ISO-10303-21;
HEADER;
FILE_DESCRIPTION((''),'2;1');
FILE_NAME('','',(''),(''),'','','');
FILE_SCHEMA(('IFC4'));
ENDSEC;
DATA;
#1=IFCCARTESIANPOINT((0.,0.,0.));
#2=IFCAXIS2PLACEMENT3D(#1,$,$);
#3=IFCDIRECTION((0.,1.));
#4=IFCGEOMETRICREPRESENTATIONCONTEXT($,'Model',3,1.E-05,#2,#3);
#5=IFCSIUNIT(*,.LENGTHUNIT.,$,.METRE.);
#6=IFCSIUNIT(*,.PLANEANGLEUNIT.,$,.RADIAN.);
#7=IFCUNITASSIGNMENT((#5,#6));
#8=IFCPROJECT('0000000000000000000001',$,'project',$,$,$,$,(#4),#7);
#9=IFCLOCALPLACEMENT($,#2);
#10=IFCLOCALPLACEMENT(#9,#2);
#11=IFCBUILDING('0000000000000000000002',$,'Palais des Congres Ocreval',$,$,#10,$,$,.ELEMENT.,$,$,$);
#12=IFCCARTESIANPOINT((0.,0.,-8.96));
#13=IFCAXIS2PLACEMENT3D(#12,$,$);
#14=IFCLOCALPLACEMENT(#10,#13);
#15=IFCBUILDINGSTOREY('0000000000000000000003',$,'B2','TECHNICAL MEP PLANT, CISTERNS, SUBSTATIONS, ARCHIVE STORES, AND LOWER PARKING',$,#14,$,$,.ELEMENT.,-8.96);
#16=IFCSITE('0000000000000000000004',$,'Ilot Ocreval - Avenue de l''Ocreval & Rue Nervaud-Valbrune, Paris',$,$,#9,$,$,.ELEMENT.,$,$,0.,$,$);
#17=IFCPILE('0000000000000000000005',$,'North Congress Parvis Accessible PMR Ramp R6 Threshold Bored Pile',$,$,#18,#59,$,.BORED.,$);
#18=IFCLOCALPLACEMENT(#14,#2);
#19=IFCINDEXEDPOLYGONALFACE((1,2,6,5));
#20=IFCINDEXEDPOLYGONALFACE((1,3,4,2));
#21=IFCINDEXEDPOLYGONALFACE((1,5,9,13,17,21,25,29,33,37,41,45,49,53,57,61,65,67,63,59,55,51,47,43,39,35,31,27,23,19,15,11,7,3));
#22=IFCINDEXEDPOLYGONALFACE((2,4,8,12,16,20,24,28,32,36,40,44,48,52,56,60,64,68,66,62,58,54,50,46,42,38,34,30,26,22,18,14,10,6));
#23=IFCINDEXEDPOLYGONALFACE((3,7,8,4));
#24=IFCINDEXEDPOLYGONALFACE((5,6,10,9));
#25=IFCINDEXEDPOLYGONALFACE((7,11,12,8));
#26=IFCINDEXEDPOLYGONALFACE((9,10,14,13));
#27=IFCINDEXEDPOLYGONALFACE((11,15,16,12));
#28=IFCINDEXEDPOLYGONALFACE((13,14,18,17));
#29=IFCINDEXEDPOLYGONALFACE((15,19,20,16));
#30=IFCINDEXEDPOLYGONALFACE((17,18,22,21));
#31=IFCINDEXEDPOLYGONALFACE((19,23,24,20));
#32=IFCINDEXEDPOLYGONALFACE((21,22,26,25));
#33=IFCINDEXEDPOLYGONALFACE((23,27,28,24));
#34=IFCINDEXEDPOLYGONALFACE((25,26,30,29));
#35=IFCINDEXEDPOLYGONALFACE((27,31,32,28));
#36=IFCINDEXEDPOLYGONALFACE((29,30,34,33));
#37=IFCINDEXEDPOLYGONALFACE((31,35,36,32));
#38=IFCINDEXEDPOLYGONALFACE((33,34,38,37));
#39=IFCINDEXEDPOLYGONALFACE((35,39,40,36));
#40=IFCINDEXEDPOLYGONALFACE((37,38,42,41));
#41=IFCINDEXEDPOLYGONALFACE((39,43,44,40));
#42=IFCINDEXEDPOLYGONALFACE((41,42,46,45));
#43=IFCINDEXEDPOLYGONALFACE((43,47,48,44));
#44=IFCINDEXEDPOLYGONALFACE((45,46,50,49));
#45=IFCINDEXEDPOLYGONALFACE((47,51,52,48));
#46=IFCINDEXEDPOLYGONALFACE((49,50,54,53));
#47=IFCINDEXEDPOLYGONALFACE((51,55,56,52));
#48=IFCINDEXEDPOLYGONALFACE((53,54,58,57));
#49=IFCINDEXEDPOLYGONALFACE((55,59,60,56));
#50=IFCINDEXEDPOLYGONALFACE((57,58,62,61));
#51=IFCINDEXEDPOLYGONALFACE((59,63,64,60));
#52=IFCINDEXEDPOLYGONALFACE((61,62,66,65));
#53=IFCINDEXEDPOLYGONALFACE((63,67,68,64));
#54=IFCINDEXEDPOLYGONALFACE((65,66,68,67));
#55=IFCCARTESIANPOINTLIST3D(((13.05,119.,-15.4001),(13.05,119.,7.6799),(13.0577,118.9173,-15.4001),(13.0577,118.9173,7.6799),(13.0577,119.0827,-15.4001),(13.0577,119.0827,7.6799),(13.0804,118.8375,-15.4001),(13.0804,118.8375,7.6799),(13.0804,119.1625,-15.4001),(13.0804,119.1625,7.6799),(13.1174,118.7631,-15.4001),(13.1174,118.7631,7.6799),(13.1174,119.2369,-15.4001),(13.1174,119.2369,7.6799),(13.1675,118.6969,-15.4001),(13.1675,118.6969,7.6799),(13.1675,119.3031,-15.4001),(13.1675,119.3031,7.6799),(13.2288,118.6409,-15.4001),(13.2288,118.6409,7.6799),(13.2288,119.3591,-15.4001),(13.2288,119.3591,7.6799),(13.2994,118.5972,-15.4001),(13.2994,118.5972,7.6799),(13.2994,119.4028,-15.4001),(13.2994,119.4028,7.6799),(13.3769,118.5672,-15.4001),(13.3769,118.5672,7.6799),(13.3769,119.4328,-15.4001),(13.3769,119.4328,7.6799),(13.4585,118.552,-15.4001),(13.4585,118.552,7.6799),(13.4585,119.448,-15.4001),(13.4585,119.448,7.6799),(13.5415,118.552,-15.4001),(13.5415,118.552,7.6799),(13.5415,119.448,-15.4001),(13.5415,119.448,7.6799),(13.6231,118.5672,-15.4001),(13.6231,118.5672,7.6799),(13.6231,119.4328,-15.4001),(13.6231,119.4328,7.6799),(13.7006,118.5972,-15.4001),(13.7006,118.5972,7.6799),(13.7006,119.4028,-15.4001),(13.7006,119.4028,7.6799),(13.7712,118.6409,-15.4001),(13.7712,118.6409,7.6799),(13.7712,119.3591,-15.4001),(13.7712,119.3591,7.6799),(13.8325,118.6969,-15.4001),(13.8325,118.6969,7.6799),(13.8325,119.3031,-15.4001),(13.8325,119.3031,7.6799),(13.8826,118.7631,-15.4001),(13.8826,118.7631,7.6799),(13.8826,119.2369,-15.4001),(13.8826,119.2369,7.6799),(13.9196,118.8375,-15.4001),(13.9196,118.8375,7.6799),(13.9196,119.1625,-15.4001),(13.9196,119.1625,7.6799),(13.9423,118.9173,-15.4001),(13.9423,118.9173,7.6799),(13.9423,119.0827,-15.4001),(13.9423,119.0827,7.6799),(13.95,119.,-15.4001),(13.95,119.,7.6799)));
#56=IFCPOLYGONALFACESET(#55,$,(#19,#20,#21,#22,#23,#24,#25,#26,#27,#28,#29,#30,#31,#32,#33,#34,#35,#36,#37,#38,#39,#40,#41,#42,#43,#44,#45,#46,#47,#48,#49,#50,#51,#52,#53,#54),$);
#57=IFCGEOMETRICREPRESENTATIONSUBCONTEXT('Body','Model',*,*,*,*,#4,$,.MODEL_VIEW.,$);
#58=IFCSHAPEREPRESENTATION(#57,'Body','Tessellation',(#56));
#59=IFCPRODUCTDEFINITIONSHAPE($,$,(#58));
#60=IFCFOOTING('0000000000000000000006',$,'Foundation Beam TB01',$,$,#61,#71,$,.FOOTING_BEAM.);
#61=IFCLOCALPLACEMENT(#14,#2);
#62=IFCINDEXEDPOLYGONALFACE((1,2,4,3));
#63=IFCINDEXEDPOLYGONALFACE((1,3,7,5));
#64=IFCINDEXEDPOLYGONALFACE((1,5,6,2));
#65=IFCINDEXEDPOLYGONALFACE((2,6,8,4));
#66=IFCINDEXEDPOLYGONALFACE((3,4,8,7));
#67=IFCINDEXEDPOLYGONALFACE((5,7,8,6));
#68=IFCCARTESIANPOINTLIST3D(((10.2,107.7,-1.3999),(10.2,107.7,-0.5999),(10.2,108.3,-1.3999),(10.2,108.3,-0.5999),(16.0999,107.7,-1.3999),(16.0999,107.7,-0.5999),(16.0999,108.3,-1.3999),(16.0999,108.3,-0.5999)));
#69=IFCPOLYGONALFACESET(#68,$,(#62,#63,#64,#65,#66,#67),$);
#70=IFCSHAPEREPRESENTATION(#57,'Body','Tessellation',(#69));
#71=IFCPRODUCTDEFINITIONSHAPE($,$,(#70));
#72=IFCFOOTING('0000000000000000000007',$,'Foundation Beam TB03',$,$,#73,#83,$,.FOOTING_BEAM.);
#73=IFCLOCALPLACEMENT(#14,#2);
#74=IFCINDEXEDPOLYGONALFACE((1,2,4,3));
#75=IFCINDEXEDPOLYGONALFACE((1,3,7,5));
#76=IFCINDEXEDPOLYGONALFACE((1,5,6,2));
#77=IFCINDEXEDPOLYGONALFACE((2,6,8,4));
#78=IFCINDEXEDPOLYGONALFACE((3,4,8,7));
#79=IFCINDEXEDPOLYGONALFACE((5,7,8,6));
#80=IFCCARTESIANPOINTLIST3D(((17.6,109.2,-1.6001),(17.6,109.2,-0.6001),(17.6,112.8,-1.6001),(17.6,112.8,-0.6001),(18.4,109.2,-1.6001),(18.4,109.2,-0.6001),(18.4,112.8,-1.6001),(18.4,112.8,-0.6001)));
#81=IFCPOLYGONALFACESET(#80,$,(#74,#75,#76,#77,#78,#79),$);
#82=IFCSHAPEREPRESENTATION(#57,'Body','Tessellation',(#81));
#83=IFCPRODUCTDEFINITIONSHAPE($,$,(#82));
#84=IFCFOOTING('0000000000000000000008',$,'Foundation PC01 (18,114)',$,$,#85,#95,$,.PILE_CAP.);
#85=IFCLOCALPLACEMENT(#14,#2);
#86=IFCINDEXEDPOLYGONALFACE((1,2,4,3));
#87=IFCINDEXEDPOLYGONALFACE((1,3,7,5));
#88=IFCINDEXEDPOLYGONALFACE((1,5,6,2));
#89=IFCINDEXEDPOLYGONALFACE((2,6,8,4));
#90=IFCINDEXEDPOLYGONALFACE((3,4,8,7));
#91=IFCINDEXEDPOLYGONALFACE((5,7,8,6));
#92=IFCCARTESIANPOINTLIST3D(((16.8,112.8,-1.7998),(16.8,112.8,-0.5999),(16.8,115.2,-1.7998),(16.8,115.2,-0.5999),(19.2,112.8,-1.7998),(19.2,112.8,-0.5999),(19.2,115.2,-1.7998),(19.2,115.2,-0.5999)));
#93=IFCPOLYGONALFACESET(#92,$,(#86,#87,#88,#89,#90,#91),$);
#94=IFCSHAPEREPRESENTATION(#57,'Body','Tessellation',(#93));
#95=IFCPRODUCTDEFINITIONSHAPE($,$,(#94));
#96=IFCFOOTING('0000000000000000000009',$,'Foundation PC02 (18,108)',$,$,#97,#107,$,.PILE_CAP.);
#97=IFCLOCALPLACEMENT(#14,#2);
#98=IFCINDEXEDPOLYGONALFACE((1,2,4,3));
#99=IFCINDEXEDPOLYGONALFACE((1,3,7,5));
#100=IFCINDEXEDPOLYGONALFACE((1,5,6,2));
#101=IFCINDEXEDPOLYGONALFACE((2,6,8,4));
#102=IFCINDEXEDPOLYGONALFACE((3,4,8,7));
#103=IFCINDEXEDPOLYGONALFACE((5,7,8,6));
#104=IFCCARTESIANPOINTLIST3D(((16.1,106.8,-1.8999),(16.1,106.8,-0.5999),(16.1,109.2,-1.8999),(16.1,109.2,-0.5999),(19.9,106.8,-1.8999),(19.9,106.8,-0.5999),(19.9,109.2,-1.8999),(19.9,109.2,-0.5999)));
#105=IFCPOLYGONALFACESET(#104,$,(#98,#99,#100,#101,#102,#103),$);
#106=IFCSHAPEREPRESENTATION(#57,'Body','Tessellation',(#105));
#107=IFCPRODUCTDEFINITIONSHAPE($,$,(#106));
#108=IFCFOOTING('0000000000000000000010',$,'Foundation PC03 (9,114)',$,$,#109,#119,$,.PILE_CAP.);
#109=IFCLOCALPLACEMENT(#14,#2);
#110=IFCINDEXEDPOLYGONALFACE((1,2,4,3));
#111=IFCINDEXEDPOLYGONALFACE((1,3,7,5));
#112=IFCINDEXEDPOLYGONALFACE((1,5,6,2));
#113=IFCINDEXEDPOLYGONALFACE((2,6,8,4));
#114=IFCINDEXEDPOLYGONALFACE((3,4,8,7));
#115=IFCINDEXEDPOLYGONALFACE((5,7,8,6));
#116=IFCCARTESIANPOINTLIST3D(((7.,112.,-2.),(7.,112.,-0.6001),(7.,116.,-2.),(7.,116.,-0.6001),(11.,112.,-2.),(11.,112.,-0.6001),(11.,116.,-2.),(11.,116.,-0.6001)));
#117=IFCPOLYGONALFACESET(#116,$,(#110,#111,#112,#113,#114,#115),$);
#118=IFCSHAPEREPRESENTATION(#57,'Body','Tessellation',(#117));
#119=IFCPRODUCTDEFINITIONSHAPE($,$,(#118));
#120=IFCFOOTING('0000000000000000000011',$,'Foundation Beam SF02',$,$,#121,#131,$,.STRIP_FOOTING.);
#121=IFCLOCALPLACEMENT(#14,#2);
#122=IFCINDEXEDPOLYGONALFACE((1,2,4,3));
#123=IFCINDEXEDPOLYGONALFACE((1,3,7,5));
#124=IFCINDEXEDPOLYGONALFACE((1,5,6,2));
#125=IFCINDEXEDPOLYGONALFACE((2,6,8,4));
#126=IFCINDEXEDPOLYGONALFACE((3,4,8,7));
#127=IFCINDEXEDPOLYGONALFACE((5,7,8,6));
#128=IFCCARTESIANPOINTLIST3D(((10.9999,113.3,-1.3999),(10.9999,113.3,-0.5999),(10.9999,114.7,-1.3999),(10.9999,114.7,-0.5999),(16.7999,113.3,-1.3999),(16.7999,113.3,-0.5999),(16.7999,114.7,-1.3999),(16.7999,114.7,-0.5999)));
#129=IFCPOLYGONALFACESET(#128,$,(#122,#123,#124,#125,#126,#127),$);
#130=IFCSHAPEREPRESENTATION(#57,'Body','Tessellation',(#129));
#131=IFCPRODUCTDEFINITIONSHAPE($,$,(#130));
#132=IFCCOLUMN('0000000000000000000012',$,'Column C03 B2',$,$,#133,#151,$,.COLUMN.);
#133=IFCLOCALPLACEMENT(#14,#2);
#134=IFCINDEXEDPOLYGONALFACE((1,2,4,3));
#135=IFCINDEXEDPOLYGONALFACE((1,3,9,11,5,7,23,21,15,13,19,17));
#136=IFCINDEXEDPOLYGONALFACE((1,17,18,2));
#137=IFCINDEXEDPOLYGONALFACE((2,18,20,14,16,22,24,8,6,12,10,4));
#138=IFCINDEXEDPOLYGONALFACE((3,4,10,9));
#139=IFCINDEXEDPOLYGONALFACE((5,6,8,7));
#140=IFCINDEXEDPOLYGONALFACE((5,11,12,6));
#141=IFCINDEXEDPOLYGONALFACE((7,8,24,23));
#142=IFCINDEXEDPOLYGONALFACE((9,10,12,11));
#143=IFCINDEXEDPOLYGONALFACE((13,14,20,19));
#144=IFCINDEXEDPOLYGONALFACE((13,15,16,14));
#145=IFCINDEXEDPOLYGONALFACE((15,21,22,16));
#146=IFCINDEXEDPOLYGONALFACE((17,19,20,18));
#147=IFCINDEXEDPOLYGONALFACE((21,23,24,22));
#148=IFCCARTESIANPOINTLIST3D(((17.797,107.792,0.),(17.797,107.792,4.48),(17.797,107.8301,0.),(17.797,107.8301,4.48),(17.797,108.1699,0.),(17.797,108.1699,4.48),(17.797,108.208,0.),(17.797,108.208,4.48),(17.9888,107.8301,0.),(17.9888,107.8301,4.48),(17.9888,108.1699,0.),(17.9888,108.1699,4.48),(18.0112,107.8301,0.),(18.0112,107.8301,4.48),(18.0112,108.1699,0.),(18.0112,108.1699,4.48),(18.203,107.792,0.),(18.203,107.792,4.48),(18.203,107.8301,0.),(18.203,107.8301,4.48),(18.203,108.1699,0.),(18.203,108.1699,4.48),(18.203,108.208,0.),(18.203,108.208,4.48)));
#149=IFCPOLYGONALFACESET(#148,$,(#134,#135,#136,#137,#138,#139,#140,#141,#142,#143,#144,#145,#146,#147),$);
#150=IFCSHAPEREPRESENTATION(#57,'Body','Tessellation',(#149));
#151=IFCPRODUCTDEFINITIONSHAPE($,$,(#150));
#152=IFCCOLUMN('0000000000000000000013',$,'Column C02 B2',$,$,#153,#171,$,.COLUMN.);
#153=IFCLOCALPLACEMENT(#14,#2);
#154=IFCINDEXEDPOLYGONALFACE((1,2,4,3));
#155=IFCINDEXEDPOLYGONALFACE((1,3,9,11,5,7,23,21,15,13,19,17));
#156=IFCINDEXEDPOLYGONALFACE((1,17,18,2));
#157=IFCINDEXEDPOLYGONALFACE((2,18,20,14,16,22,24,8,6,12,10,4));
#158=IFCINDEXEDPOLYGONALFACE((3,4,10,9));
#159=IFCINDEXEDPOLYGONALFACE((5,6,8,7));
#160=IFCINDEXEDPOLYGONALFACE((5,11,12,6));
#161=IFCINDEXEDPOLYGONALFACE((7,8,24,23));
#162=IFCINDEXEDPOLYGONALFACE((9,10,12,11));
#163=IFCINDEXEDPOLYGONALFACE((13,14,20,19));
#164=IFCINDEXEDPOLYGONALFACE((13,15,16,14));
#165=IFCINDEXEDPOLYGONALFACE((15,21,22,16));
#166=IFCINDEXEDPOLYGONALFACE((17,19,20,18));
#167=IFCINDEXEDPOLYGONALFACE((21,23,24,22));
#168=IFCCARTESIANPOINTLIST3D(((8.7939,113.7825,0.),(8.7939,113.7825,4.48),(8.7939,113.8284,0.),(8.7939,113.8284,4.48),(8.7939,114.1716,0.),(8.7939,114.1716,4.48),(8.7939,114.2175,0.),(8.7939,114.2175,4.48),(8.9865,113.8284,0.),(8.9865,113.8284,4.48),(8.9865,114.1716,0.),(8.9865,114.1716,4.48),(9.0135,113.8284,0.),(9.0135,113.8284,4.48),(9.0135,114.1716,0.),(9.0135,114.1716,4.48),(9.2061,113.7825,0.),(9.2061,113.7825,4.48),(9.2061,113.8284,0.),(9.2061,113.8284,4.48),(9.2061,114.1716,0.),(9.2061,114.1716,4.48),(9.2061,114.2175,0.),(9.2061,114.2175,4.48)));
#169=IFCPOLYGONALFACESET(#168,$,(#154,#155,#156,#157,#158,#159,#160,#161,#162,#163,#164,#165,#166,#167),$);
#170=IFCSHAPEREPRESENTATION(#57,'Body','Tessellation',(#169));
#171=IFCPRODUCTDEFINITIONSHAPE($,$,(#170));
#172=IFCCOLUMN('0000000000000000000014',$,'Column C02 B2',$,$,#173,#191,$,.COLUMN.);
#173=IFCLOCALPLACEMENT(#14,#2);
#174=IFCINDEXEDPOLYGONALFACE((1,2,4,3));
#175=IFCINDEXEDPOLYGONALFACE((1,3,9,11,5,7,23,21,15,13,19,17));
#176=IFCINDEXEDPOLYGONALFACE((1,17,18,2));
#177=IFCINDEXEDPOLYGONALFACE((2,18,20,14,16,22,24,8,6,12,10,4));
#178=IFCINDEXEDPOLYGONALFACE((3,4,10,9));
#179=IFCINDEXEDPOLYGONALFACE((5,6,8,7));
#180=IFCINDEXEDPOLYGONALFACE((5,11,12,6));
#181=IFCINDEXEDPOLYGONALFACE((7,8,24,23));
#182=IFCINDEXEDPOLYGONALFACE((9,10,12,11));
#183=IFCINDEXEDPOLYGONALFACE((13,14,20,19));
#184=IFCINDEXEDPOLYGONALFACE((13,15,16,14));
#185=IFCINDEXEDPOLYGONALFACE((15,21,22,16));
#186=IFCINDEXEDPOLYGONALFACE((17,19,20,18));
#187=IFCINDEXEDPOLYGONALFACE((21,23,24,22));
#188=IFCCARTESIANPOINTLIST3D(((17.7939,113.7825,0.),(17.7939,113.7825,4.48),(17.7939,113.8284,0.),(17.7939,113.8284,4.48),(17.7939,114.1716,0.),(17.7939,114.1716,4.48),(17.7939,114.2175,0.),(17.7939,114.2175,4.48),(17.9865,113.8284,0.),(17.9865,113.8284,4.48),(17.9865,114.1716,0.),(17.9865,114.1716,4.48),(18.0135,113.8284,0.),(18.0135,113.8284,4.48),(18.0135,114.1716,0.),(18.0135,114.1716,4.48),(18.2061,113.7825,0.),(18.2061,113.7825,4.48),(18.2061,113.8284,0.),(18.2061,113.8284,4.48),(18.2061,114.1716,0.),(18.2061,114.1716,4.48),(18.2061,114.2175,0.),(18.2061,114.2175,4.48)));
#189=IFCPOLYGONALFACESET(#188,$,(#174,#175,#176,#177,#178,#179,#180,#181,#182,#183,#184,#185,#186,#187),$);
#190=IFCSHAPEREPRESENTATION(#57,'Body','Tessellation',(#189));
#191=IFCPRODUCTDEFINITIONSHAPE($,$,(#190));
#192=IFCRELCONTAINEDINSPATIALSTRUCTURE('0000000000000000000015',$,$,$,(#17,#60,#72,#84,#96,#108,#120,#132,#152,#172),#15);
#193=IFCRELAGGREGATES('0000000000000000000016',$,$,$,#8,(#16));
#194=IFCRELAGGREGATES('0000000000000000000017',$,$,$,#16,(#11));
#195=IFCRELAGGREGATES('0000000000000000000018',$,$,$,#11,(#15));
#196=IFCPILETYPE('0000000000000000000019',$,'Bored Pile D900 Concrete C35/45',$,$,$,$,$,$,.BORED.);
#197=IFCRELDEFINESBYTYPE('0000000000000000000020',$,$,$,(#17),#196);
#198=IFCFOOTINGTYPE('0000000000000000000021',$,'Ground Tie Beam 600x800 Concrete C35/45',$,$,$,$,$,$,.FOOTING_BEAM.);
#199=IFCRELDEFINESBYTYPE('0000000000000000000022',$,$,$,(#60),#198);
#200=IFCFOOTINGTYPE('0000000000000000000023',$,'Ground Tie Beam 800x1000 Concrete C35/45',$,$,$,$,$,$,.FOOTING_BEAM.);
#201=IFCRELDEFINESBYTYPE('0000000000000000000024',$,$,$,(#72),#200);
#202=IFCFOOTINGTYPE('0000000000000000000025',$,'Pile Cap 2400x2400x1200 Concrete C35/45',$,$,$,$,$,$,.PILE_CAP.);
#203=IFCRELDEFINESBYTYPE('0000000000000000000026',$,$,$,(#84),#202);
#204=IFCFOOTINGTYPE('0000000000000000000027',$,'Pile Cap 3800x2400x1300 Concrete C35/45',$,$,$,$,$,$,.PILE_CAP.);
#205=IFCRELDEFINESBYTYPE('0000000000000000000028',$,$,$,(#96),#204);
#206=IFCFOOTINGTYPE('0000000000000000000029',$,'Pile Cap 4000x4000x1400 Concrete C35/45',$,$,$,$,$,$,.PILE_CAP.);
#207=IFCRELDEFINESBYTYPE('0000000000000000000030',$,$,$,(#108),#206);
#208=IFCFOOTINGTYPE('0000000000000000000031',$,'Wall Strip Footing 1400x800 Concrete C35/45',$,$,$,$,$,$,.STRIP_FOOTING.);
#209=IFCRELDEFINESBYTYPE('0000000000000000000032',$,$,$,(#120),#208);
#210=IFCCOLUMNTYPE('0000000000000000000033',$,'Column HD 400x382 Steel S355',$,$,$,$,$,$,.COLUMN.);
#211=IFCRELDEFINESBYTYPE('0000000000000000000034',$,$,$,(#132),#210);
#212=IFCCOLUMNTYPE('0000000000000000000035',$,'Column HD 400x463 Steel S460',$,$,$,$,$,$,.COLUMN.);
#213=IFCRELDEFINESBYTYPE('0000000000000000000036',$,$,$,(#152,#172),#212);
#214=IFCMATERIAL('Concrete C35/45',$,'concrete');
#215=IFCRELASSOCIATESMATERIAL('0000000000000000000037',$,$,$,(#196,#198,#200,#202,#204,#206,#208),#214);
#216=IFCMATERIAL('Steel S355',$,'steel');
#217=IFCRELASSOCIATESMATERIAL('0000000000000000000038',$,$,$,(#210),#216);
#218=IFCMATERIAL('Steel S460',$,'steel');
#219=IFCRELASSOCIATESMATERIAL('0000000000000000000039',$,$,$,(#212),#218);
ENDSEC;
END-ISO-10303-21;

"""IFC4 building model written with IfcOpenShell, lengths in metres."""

from ifc_helpers import new_model, si_unit, direction, frame, origin, origin_2d, place, context, subcontext, project, spatial, rectangle, circle, i_section, extrude, material, material_profile, profile_set, type_object, element, save


model = new_model("IFC4")

# Units and contexts
model_context = context("Model", 3, precision=1e-05, world=origin(), true_north=direction((0.0, 1.0)))
body_context = subcontext(model_context, "Body", "Model", "MODEL_VIEW")
ifc_project = project(units=[si_unit("LENGTHUNIT", "METRE"), si_unit("PLANEANGLEUNIT", "RADIAN")], contexts=[model_context])

# Site, building, storey
site_placement = place(None, origin())
site = spatial("IfcSite", under=ifc_project, at=site_placement, Name="Ilot Ocreval - Avenue de l'Ocreval & Rue Nervaud-Valbrune, Paris", CompositionType="ELEMENT", RefElevation=0.0)
building_placement = place(site_placement, origin())
building = spatial("IfcBuilding", under=site, at=building_placement, Name="Palais des Congres Ocreval", CompositionType="ELEMENT")
storey_placement = place(building_placement, frame((0.0, 0.0, -8.96)))
storey = spatial("IfcBuildingStorey", under=building, at=storey_placement, Name="B2", Description="TECHNICAL MEP PLANT, CISTERNS, SUBSTATIONS, ARCHIVE STORES, AND LOWER PARKING", CompositionType="ELEMENT", Elevation=-8.96)

# Pile
ifc_material_1 = material(Name="Concrete C35/45", Category="concrete")
ifc_material_profile_1 = material_profile(ifc_material_1, circle(Radius=0.45, at=origin_2d()), Name="BORED PILE 900")
ifc_profile_set_1 = profile_set([ifc_material_profile_1], Name="Concrete C35/45")
pile_type_1 = type_object("IfcPileType", Name="Bored Pile D900 Concrete C35/45", PredefinedType="BORED", material=ifc_profile_set_1)
pile_1_placement = place(storey_placement, frame((13.5, 119.0, 7.6799), z_axis=(0.0, 0.0, -1.0), x_axis=(1.0, 0.0, 0.0)))
element("IfcPile", 1, at=pile_1_placement, inside=storey, type_object=pile_type_1, Name="North Congress Parvis Accessible PMR Ramp R6 Threshold Bored Pile", PredefinedType="BORED", context=body_context, shape_type="SweptSolid", body=[
    extrude(circle(Radius=0.45, at=origin_2d()), origin(), (0.0, 0.0, 1.0), 23.0801),
])

# Footings
footing_type_1 = type_object("IfcFootingType", Name="Ground Tie Beam 600x800 Concrete C35/45", PredefinedType="FOOTING_BEAM", material=ifc_material_1)
footing_1_placement = place(storey_placement, frame((13.1499, 108.0, -1.3999), z_axis=(0.0, 0.0, 1.0), x_axis=(1.0, 0.0, 0.0)))
element("IfcFooting", 2, at=footing_1_placement, inside=storey, type_object=footing_type_1, Name="Foundation Beam TB01", PredefinedType="FOOTING_BEAM", context=body_context, shape_type="SweptSolid", body=[
    extrude(rectangle(XDim=5.8999, YDim=0.6001, at=origin_2d()), origin(), (0.0, 0.0, 1.0), 0.8),
])
footing_type_2 = type_object("IfcFootingType", Name="Ground Tie Beam 800x1000 Concrete C35/45", PredefinedType="FOOTING_BEAM", material=ifc_material_1)
footing_2_placement = place(storey_placement, frame((18.0, 111.0, -1.6001), z_axis=(0.0, 0.0, 1.0), x_axis=(0.0, 1.0, 0.0)))
element("IfcFooting", 3, at=footing_2_placement, inside=storey, type_object=footing_type_2, Name="Foundation Beam TB03", PredefinedType="FOOTING_BEAM", context=body_context, shape_type="SweptSolid", body=[
    extrude(rectangle(XDim=3.6001, YDim=0.8, at=origin_2d()), origin(), (0.0, 0.0, 1.0), 1.0),
])
footing_type_3 = type_object("IfcFootingType", Name="Pile Cap 2400x2400x1200 Concrete C35/45", PredefinedType="PILE_CAP", material=ifc_material_1)
footing_3_placement = place(storey_placement, frame((18.0, 114.0, -1.7998), z_axis=(0.0, 0.0, 1.0), x_axis=(1.0, 0.0, 0.0)))
element("IfcFooting", 4, at=footing_3_placement, inside=storey, type_object=footing_type_3, Name="Foundation PC01 (18,114)", PredefinedType="PILE_CAP", context=body_context, shape_type="SweptSolid", body=[
    extrude(rectangle(XDim=2.3999, YDim=2.3999, at=origin_2d()), origin(), (0.0, 0.0, 1.0), 1.2),
])
footing_type_4 = type_object("IfcFootingType", Name="Pile Cap 3800x2400x1300 Concrete C35/45", PredefinedType="PILE_CAP", material=ifc_material_1)
footing_4_placement = place(storey_placement, frame((18.0, 108.0, -1.8999), z_axis=(0.0, 0.0, 1.0), x_axis=(1.0, 0.0, 0.0)))
element("IfcFooting", 5, at=footing_4_placement, inside=storey, type_object=footing_type_4, Name="Foundation PC02 (18,108)", PredefinedType="PILE_CAP", context=body_context, shape_type="SweptSolid", body=[
    extrude(rectangle(XDim=3.8, YDim=2.3999, at=origin_2d()), origin(), (0.0, 0.0, 1.0), 1.3),
])
footing_type_5 = type_object("IfcFootingType", Name="Pile Cap 4000x4000x1400 Concrete C35/45", PredefinedType="PILE_CAP", material=ifc_material_1)
footing_5_placement = place(storey_placement, frame((9.0, 114.0, -2.0), z_axis=(0.0, 0.0, 1.0), x_axis=(1.0, 0.0, 0.0)))
element("IfcFooting", 6, at=footing_5_placement, inside=storey, type_object=footing_type_5, Name="Foundation PC03 (9,114)", PredefinedType="PILE_CAP", context=body_context, shape_type="SweptSolid", body=[
    extrude(rectangle(XDim=4.0, YDim=4.0, at=origin_2d()), origin(), (0.0, 0.0, 1.0), 1.3999),
])
footing_type_6 = type_object("IfcFootingType", Name="Wall Strip Footing 1400x800 Concrete C35/45", PredefinedType="STRIP_FOOTING", material=ifc_material_1)
footing_6_placement = place(storey_placement, frame((13.8999, 114.0, -1.3999), z_axis=(0.0, 0.0, 1.0), x_axis=(1.0, 0.0, 0.0)))
element("IfcFooting", 7, at=footing_6_placement, inside=storey, type_object=footing_type_6, Name="Foundation Beam SF02", PredefinedType="STRIP_FOOTING", context=body_context, shape_type="SweptSolid", body=[
    extrude(rectangle(XDim=5.8, YDim=1.3999, at=origin_2d()), origin(), (0.0, 0.0, 1.0), 0.8),
])

# Columns
ifc_material_2 = material(Name="Steel S355", Category="steel")
ifc_material_profile_2 = material_profile(ifc_material_2, i_section(OverallWidth=0.406, OverallDepth=0.416, WebThickness=0.0225, FlangeThickness=0.0381, at=origin_2d()), Name="HD 400x382")
ifc_profile_set_2 = profile_set([ifc_material_profile_2], Name="Steel S355")
column_type_1 = type_object("IfcColumnType", Name="Column HD 400x382 Steel S355", PredefinedType="COLUMN", material=ifc_profile_set_2)
column_placement = place(storey_placement, frame((18.0, 108.0, 0.0), z_axis=(0.0, 0.0, 1.0), x_axis=(1.0, 0.0, 0.0)))
element("IfcColumn", 8, at=column_placement, inside=storey, type_object=column_type_1, Name="Column C03 B2", PredefinedType="COLUMN", context=body_context, shape_type="SweptSolid", body=[
    extrude(i_section(OverallWidth=0.406, OverallDepth=0.416, WebThickness=0.0225, FlangeThickness=0.0381, at=origin_2d()), origin(), (0.0, 0.0, 1.0), 4.48),
])
ifc_material_3 = material(Name="Steel S460", Category="steel")
ifc_material_profile_3 = material_profile(ifc_material_3, i_section(OverallWidth=0.4121, OverallDepth=0.4351, WebThickness=0.0271, FlangeThickness=0.0459, at=origin_2d()), Name="HD 400x463")
ifc_profile_set_3 = profile_set([ifc_material_profile_3], Name="Steel S460")
column_type_2 = type_object("IfcColumnType", Name="Column HD 400x463 Steel S460", PredefinedType="COLUMN", material=ifc_profile_set_3)
for number, where, z_axis, x_axis, name in (
    (9, (9.0, 114.0, 0.0), (0.0, 0.0, 1.0), (1.0, 0.0, 0.0), "Column C02 B2"),
    (10, (18.0, 114.0, 0.0), (0.0, 0.0, 1.0), (1.0, 0.0, 0.0), "Column C02 B2"),
):
    element("IfcColumn", number, at=place(storey_placement, frame(where, z_axis=z_axis, x_axis=x_axis)), inside=storey, type_object=column_type_2, Name=name, PredefinedType="COLUMN", context=body_context, shape_type="SweptSolid", body=[
        extrude(i_section(OverallWidth=0.4121, OverallDepth=0.4351, WebThickness=0.0271, FlangeThickness=0.0459, at=origin_2d()), origin(), (0.0, 0.0, 1.0), 4.48),
    ])

save(model, "model.ifc")
